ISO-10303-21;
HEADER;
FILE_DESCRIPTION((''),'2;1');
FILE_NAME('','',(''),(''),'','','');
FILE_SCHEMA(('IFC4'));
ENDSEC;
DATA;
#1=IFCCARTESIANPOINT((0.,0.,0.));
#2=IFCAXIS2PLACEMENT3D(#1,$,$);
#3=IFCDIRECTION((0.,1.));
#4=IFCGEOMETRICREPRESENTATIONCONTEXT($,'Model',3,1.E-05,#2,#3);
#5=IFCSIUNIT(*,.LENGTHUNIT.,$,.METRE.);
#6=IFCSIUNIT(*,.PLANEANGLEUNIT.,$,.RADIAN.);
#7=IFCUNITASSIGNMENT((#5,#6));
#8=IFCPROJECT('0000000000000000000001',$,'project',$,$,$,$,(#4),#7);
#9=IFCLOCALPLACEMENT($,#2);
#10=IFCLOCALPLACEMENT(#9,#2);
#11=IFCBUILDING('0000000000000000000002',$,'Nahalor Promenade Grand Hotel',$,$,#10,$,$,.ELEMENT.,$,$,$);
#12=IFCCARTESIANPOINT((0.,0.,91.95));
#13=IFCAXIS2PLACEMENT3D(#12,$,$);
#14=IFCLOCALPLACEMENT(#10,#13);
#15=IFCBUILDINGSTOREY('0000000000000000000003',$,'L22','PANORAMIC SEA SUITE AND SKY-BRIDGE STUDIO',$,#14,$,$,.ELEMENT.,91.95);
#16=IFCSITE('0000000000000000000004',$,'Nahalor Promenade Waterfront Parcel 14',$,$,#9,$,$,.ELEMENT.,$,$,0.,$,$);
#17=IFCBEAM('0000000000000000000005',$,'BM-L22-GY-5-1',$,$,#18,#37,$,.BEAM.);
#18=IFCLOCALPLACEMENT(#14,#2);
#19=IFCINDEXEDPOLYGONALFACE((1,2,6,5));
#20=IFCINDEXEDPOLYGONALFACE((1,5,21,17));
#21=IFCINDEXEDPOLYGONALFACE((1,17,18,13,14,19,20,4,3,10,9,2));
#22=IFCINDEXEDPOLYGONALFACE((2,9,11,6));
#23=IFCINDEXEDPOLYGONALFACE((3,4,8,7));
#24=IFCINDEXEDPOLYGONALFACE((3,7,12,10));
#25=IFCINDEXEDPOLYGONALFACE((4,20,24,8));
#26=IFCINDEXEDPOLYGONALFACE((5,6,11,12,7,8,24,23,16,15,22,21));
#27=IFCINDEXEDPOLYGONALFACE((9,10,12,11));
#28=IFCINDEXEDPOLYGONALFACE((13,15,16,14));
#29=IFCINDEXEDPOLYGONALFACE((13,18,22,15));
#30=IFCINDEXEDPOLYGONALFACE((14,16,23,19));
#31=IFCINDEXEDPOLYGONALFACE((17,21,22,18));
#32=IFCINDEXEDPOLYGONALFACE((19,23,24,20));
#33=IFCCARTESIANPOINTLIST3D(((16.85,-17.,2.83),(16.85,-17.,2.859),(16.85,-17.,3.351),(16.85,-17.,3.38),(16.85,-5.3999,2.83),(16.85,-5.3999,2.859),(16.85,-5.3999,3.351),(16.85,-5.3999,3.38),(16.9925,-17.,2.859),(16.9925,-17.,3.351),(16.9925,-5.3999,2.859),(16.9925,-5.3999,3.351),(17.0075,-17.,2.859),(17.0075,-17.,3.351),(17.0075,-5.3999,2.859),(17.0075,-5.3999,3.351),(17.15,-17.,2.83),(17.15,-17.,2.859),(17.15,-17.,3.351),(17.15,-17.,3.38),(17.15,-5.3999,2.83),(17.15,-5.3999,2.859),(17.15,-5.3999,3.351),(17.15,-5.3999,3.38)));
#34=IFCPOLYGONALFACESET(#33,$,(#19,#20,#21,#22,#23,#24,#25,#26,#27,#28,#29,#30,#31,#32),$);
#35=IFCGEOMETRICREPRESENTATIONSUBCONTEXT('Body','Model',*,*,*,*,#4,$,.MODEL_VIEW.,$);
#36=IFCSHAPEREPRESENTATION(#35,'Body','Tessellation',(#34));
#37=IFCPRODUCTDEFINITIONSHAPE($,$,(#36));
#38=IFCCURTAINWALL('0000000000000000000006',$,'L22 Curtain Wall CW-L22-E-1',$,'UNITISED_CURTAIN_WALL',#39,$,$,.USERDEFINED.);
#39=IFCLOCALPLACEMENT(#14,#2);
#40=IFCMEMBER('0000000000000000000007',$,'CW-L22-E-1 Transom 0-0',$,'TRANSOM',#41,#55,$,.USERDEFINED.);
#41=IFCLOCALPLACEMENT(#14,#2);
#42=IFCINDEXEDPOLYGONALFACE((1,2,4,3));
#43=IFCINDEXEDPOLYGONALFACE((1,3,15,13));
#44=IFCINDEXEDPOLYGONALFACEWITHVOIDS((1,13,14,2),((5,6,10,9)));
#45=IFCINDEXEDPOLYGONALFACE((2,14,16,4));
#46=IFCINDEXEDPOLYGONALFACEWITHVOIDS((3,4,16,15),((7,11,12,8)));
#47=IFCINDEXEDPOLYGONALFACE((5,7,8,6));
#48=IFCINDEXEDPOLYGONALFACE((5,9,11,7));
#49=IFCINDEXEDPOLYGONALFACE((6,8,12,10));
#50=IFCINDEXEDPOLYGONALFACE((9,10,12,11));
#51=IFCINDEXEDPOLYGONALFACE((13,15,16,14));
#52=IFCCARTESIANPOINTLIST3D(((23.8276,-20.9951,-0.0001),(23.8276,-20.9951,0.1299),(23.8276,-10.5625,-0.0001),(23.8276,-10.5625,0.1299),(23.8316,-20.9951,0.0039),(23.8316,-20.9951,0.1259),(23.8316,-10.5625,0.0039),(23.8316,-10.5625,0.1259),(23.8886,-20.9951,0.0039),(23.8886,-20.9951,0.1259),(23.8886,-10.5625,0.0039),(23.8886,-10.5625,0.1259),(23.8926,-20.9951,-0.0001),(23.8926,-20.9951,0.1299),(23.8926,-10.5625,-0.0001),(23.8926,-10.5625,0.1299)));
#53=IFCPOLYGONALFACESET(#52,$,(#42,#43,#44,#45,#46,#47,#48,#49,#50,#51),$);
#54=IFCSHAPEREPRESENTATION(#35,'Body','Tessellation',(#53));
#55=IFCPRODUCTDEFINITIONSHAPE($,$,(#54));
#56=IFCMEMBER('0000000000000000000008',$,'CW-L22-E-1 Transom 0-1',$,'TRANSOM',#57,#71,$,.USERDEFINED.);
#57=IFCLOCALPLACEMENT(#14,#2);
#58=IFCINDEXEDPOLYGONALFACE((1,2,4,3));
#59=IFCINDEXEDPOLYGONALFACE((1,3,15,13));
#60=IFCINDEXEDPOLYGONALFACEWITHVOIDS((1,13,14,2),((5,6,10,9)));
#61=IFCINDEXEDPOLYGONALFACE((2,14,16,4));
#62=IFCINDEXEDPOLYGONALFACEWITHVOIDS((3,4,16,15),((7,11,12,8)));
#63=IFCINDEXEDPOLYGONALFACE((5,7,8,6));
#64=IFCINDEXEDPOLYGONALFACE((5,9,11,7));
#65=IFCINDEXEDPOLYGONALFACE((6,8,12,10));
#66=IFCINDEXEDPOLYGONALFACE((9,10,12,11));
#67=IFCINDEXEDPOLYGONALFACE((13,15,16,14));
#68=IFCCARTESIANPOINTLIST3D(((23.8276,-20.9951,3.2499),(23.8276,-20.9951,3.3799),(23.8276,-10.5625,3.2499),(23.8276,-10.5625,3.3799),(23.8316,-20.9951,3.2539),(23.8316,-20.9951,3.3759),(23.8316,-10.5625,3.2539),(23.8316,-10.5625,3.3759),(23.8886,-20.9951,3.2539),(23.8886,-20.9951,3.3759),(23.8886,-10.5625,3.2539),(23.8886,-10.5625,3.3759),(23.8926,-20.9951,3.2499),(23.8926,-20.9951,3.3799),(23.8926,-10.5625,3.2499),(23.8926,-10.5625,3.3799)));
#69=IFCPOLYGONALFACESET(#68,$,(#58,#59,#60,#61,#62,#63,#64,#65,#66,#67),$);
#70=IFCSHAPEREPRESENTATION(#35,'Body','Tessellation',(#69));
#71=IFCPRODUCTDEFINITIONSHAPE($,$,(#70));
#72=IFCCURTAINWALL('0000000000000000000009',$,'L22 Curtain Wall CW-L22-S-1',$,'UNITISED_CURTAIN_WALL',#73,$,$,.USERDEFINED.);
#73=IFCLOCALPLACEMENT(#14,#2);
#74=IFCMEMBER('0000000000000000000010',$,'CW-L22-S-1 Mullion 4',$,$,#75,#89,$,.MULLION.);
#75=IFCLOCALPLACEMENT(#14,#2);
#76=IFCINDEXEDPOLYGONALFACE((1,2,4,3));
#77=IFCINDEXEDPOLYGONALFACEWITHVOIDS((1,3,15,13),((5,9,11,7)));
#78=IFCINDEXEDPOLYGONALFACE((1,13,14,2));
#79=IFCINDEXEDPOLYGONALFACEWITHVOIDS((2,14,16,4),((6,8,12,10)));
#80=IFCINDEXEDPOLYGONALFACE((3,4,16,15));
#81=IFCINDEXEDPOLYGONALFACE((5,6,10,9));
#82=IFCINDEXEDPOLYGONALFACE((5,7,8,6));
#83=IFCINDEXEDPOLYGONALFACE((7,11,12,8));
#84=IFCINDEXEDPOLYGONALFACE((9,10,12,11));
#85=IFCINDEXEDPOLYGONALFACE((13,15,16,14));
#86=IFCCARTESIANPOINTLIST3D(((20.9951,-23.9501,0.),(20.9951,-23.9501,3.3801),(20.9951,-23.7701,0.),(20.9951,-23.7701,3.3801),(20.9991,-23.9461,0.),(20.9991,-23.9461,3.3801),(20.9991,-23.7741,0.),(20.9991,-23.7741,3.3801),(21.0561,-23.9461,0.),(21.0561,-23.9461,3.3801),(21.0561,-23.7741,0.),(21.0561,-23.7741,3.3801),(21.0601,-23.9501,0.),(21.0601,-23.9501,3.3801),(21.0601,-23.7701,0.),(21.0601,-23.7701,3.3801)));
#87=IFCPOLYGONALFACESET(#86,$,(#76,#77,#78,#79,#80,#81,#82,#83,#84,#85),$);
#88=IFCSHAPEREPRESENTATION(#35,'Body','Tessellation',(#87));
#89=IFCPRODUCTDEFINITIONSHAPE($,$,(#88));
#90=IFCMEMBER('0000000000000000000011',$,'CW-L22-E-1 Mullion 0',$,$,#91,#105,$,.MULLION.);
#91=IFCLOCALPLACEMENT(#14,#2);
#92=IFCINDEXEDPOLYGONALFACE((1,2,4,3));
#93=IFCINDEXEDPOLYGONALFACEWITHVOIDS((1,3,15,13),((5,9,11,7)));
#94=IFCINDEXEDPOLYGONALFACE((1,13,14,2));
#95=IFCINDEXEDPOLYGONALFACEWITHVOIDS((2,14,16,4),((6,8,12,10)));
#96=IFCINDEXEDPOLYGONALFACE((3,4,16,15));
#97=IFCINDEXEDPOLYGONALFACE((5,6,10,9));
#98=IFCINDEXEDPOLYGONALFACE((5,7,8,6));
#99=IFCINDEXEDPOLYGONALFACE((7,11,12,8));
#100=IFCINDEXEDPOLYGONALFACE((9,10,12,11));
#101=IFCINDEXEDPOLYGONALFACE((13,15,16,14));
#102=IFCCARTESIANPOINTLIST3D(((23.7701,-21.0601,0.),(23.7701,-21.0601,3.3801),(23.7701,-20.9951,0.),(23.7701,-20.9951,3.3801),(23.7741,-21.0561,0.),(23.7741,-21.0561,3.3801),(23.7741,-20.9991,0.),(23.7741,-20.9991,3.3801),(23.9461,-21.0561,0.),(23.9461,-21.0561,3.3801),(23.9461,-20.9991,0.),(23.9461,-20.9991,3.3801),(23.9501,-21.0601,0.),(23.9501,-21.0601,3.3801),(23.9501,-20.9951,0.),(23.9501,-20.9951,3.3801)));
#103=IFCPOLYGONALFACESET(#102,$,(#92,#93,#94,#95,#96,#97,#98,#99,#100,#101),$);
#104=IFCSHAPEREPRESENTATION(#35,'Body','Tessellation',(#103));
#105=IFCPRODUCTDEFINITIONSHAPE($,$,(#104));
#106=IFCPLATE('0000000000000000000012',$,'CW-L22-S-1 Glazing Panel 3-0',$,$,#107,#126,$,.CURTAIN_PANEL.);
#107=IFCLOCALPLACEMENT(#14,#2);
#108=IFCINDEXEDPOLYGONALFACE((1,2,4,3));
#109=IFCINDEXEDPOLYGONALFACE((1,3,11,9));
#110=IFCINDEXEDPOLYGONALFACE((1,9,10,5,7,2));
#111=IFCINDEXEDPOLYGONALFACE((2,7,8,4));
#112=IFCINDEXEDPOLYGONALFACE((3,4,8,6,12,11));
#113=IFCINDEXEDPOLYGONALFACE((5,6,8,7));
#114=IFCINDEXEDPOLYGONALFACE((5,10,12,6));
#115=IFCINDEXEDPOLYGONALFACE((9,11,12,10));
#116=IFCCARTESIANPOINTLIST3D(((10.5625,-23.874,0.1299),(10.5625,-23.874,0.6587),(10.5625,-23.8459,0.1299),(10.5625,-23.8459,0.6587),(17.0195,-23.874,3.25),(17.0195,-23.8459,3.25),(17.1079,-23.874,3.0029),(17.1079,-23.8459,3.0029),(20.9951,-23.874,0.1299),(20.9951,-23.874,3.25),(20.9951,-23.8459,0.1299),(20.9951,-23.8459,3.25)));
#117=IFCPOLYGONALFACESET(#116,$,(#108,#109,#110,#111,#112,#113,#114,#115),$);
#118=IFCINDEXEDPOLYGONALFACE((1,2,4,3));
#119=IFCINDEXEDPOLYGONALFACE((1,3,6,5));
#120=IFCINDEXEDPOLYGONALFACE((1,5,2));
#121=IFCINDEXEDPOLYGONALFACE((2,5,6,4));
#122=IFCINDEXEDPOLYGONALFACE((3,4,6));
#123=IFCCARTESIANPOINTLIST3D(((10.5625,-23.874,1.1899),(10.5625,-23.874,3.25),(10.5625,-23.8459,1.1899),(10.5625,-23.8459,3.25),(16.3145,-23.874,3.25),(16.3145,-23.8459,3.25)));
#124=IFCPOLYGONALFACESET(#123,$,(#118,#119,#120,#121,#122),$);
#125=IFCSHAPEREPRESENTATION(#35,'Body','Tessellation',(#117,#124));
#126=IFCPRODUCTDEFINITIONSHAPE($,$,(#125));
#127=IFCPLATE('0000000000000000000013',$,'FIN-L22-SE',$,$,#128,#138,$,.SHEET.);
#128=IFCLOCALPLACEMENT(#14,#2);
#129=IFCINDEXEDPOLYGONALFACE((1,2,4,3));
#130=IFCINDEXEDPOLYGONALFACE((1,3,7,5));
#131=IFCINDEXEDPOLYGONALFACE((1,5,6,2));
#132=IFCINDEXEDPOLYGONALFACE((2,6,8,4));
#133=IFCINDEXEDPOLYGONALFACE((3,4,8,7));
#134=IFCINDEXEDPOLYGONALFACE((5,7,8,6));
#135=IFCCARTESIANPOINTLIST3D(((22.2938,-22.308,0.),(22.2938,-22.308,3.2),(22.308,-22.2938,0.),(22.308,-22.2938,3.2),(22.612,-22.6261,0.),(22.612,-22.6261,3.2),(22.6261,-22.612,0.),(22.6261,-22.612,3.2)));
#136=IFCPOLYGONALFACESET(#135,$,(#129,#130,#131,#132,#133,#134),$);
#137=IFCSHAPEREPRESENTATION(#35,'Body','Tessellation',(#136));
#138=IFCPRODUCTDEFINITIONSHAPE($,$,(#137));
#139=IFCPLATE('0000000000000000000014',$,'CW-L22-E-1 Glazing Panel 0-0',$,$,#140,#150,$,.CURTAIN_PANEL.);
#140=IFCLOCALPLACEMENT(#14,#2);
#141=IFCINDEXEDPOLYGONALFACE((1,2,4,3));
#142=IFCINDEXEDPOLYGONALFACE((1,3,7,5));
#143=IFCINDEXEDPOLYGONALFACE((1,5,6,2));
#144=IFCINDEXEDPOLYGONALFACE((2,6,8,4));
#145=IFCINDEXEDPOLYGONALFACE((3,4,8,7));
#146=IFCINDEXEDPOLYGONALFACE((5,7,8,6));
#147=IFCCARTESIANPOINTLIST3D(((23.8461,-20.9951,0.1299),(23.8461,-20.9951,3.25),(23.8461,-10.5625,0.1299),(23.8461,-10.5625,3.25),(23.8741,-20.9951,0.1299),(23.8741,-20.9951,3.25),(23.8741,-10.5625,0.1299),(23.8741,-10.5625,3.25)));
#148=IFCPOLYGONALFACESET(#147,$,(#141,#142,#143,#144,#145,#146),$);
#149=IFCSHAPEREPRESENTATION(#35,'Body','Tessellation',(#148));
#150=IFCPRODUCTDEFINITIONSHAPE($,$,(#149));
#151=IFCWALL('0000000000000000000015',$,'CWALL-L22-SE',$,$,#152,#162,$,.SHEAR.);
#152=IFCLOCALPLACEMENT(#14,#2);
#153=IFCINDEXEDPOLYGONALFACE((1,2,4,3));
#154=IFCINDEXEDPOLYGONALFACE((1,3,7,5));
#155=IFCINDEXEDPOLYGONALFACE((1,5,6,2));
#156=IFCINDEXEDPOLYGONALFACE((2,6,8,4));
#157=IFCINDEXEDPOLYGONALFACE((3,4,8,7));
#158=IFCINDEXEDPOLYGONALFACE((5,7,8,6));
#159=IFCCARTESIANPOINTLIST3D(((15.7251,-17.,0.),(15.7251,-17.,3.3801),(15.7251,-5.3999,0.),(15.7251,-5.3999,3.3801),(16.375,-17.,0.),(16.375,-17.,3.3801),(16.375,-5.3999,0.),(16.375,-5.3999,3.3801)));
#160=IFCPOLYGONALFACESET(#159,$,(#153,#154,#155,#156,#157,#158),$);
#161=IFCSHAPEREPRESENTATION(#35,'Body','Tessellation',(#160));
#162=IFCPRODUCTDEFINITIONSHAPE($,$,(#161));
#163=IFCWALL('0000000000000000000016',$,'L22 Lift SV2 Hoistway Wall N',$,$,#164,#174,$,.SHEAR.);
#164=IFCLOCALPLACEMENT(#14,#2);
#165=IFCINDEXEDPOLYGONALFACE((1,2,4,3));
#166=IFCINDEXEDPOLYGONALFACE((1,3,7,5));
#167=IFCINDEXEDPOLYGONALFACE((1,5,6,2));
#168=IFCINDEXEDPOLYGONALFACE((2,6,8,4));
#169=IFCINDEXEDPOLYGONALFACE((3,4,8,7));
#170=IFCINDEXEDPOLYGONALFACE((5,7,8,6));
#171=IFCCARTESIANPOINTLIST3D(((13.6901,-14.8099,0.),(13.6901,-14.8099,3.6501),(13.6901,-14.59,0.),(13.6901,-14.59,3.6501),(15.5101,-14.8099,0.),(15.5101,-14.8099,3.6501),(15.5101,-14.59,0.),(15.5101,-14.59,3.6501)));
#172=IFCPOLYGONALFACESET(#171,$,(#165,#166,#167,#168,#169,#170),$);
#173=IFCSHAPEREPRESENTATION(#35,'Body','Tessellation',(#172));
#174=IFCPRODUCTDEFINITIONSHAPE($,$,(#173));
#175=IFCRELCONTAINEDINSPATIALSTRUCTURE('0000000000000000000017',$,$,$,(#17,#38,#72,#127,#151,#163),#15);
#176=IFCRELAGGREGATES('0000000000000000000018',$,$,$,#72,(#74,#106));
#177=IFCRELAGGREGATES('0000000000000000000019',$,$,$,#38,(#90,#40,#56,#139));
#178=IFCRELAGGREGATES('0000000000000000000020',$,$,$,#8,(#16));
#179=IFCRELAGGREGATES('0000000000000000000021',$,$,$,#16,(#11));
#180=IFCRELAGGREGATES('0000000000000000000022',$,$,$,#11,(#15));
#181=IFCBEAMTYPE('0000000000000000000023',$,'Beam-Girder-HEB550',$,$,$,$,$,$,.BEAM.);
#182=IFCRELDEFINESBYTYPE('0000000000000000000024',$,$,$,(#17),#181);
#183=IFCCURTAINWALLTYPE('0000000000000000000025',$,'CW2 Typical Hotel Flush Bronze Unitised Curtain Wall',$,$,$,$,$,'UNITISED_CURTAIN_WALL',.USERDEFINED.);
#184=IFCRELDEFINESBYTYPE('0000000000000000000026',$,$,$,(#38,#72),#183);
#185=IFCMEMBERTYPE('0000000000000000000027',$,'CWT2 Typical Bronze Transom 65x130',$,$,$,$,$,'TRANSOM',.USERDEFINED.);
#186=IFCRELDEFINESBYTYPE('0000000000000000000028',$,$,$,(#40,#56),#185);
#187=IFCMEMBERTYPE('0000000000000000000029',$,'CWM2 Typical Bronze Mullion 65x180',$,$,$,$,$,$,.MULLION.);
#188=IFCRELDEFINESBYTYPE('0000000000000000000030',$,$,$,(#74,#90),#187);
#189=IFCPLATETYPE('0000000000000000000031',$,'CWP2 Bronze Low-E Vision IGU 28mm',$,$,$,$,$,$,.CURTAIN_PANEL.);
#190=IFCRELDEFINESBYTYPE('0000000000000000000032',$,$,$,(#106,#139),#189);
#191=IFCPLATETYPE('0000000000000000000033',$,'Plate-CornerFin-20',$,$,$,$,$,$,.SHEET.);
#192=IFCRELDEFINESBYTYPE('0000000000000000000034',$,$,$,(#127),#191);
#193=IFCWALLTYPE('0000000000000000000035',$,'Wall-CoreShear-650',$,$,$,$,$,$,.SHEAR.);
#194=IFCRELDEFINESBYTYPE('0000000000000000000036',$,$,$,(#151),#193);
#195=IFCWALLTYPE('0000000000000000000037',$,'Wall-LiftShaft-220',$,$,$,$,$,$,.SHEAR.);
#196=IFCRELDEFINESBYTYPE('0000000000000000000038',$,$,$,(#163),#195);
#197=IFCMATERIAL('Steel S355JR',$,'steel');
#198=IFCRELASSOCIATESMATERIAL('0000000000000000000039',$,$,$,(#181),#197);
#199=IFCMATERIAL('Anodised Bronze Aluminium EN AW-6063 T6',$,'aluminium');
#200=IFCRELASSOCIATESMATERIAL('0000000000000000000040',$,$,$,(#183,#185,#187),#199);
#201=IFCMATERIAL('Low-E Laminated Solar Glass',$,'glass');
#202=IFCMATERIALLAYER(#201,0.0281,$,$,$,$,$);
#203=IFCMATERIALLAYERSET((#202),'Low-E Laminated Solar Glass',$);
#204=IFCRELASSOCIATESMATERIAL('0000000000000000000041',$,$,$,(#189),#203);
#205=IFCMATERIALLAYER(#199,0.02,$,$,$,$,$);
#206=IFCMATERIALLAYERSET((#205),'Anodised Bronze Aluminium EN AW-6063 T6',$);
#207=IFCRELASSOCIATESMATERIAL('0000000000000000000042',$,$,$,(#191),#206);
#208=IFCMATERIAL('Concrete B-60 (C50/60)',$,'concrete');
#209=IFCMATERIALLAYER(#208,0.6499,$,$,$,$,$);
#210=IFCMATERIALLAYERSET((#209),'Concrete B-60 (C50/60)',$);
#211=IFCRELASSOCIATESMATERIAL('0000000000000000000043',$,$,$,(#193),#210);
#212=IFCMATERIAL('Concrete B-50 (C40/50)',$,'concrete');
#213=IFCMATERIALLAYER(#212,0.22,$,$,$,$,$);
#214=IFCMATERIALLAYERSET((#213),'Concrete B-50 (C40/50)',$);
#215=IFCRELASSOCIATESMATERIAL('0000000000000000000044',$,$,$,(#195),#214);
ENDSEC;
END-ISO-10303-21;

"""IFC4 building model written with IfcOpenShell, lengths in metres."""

from ifc_helpers import new_model, si_unit, direction, frame, frame_2d, origin, origin_2d, place, context, subcontext, project, spatial, polyline, rectangle, hollow_rectangle, i_section, outline, extrude, source, transform, mapped, material, layer, layer_set, material_profile, profile_set, type_object, element, aggregate, save


model = new_model("IFC4")

# Units and contexts
model_context = context("Model", 3, precision=1e-05, world=origin(), true_north=direction((0.0, 1.0)))
body_context = subcontext(model_context, "Body", "Model", "MODEL_VIEW")
ifc_project = project(units=[si_unit("LENGTHUNIT", "METRE"), si_unit("PLANEANGLEUNIT", "RADIAN")], contexts=[model_context])

# Site, building, storey
site_placement = place(None, origin())
site = spatial("IfcSite", under=ifc_project, at=site_placement, Name="Nahalor Promenade Waterfront Parcel 14", CompositionType="ELEMENT", RefElevation=0.0)
building_placement = place(site_placement, origin())
building = spatial("IfcBuilding", under=site, at=building_placement, Name="Nahalor Promenade Grand Hotel", CompositionType="ELEMENT")
storey_placement = place(building_placement, frame((0.0, 0.0, 91.95)))
storey = spatial("IfcBuildingStorey", under=building, at=storey_placement, Name="L22", Description="PANORAMIC SEA SUITE AND SKY-BRIDGE STUDIO", CompositionType="ELEMENT", Elevation=91.95)

# Shared definitions
ifc_material_1 = material(Name="Concrete B-60 (C50/60)", Category="concrete")

# Beam
ifc_material_2 = material(Name="Steel S355JR", Category="steel")
ifc_material_profile_1 = material_profile(ifc_material_2, i_section(OverallWidth=0.3, OverallDepth=0.55, WebThickness=0.015, FlangeThickness=0.029, at=origin_2d()), Name="HEB 550")
ifc_profile_set_1 = profile_set([ifc_material_profile_1], Name="Steel S355JR")
beam_type_1 = type_object("IfcBeamType", Name="Beam-Girder-HEB550", PredefinedType="BEAM", material=ifc_profile_set_1)
shared_shape_1 = source(origin(), body_context, "Body", "SweptSolid", [
    extrude(i_section(OverallWidth=0.3, OverallDepth=0.55, WebThickness=0.015, FlangeThickness=0.029, at=origin_2d()), origin(), (0.0, 0.0, 1.0), 11.6001),
])
beam_1_placement = place(storey_placement, frame((17.0, -17.0, 3.105), z_axis=(0.0, 1.0, 0.0), x_axis=(-1.0, 0.0, 0.0)))
element("IfcBeam", 1, at=beam_1_placement, inside=storey, type_object=beam_type_1, Name="BM-L22-GY-5-1", PredefinedType="BEAM", context=body_context, shape_type="MappedRepresentation", body=[
    mapped(shared_shape_1, transform((0.0, 0.0, 0.0), scale=1.0)),
])

# Curtain wall, members
ifc_material_3 = material(Name="Anodised Bronze Aluminium EN AW-6063 T6", Category="aluminium")
curtain_wall_type = type_object("IfcCurtainWallType", Name="CW2 Typical Hotel Flush Bronze Unitised Curtain Wall", ElementType="UNITISED_CURTAIN_WALL", PredefinedType="USERDEFINED", material=ifc_material_3)
curtain_wall_1_placement = place(storey_placement, origin())
curtain_wall_1 = element("IfcCurtainWall", 2, at=curtain_wall_1_placement, inside=storey, type_object=curtain_wall_type, Name="L22 Curtain Wall CW-L22-E-1", ObjectType="UNITISED_CURTAIN_WALL", PredefinedType="USERDEFINED")
ifc_material_profile_2 = material_profile(ifc_material_3, hollow_rectangle(XDim=0.065, YDim=0.13, WallThickness=0.004, at=origin_2d()), Name="CWT 65x130x4")
ifc_profile_set_2 = profile_set([ifc_material_profile_2], Name="Anodised Bronze Aluminium EN AW-6063 T6")
member_type_1 = type_object("IfcMemberType", Name="CWT2 Typical Bronze Transom 65x130", ElementType="TRANSOM", PredefinedType="USERDEFINED", material=ifc_profile_set_2)
shared_shape_2 = source(origin(), body_context, "Body", "SweptSolid", [
    extrude(hollow_rectangle(XDim=0.065, YDim=0.13, WallThickness=0.004, at=origin_2d()), origin(), (0.0, 0.0, 1.0), 10.4326),
])
member_1_placement = place(storey_placement, frame((23.8601, -20.9951, 0.0649), z_axis=(0.0, 1.0, 0.0), x_axis=(-1.0, 0.0, 0.0)))
member_1 = element("IfcMember", 3, at=member_1_placement, type_object=member_type_1, Name="CW-L22-E-1 Transom 0-0", ObjectType="TRANSOM", PredefinedType="USERDEFINED", context=body_context, shape_type="MappedRepresentation", body=[
    mapped(shared_shape_2, transform((0.0, 0.0, 0.0), scale=1.0)),
])
member_2_placement = place(storey_placement, frame((23.8601, -20.9951, 3.3149), z_axis=(0.0, 1.0, 0.0), x_axis=(-1.0, 0.0, 0.0)))
member_2 = element("IfcMember", 4, at=member_2_placement, type_object=member_type_1, Name="CW-L22-E-1 Transom 0-1", ObjectType="TRANSOM", PredefinedType="USERDEFINED", context=body_context, shape_type="MappedRepresentation", body=[
    mapped(shared_shape_2, transform((0.0, 0.0, 0.0), scale=1.0)),
])

# Curtain wall, member
curtain_wall_2_placement = place(storey_placement, origin())
curtain_wall_2 = element("IfcCurtainWall", 5, at=curtain_wall_2_placement, inside=storey, type_object=curtain_wall_type, Name="L22 Curtain Wall CW-L22-S-1", ObjectType="UNITISED_CURTAIN_WALL", PredefinedType="USERDEFINED")
ifc_material_profile_3 = material_profile(ifc_material_3, hollow_rectangle(XDim=0.065, YDim=0.18, WallThickness=0.004, at=origin_2d()), Name="CWM 65x180x4")
ifc_profile_set_3 = profile_set([ifc_material_profile_3], Name="Anodised Bronze Aluminium EN AW-6063 T6")
member_type_2 = type_object("IfcMemberType", Name="CWM2 Typical Bronze Mullion 65x180", PredefinedType="MULLION", material=ifc_profile_set_3)
shared_shape_3 = source(origin(), body_context, "Body", "SweptSolid", [
    extrude(hollow_rectangle(XDim=0.065, YDim=0.18, WallThickness=0.004, at=origin_2d()), origin(), (0.0, 0.0, 1.0), 3.3801),
])
member_3_placement = place(storey_placement, frame((21.0276, -23.8601, 0.0), z_axis=(0.0, 0.0, 1.0), x_axis=(1.0, 0.0, 0.0)))
member_3 = element("IfcMember", 6, at=member_3_placement, type_object=member_type_2, Name="CW-L22-S-1 Mullion 4", PredefinedType="MULLION", context=body_context, shape_type="MappedRepresentation", body=[
    mapped(shared_shape_3, transform((0.0, 0.0, 0.0), scale=1.0)),
])

# Member
member_4_placement = place(storey_placement, frame((23.8601, -21.0276, 0.0), z_axis=(0.0, 0.0, 1.0), x_axis=(0.0, 1.0, 0.0)))
member_4 = element("IfcMember", 7, at=member_4_placement, type_object=member_type_2, Name="CW-L22-E-1 Mullion 0", PredefinedType="MULLION", context=body_context, shape_type="MappedRepresentation", body=[
    mapped(shared_shape_3, transform((0.0, 0.0, 0.0), scale=1.0)),
])

# Plates
ifc_material_4 = material(Name="Low-E Laminated Solar Glass", Category="glass")
ifc_layer_1 = layer(ifc_material_4, 0.0281)
ifc_layer_set_1 = layer_set([ifc_layer_1], Name="Low-E Laminated Solar Glass")
plate_type_1 = type_object("IfcPlateType", Name="CWP2 Bronze Low-E Vision IGU 28mm", PredefinedType="CURTAIN_PANEL", material=ifc_layer_set_1)
plate_1_placement = place(storey_placement, frame((15.7788, -23.8601, 0.1299), z_axis=(0.0, 0.0, 1.0), x_axis=(1.0, 0.0, 0.0)))
plate_1 = element("IfcPlate", 8, at=plate_1_placement, type_object=plate_type_1, Name="CW-L22-S-1 Glazing Panel 3-0", PredefinedType="CURTAIN_PANEL", context=body_context, shape_type="SweptSolid", body=[
    extrude(outline(polyline([(5.2163, 0.0), (5.2163, 3.1201), (1.2407, 3.1201), (1.3291, 2.873), (-5.2163, 0.5288), (-5.2163, 0.0), (5.2163, 0.0)])), frame((0.0, 0.0142, 0.0), z_axis=(0.0, -1.0, 0.0), x_axis=(1.0, 0.0, 0.0)), (0.0, 0.0, 1.0), 0.0281),
    extrude(outline(polyline([(0.5356, 3.1201), (-5.2163, 3.1201), (-5.2163, 1.0601), (0.5356, 3.1201)])), frame((0.0, 0.0142, 0.0), z_axis=(0.0, -1.0, 0.0), x_axis=(1.0, 0.0, 0.0)), (0.0, 0.0, 1.0), 0.0281),
])
aggregate(curtain_wall_2, [member_3, plate_1])
ifc_layer_2 = layer(ifc_material_3, 0.02)
ifc_layer_set_2 = layer_set([ifc_layer_2], Name="Anodised Bronze Aluminium EN AW-6063 T6")
plate_type_2 = type_object("IfcPlateType", Name="Plate-CornerFin-20", PredefinedType="SHEET", material=ifc_layer_set_2)
shared_shape_4 = source(origin(), body_context, "Body", "SweptSolid", [
    extrude(rectangle(XDim=0.45, YDim=0.02, at=origin_2d()), origin(), (0.0, 0.0, 1.0), 3.2),
])
plate_2_placement = place(storey_placement, frame((22.46, -22.46, 0.0), z_axis=(0.0, 0.0, 1.0), x_axis=(-0.707107, 0.707107, 0.0)))
element("IfcPlate", 9, at=plate_2_placement, inside=storey, type_object=plate_type_2, Name="FIN-L22-SE", PredefinedType="SHEET", context=body_context, shape_type="MappedRepresentation", body=[
    mapped(shared_shape_4, transform((0.0, 0.0, 0.0), scale=1.0)),
])
shared_shape_5 = source(origin(), body_context, "Body", "SweptSolid", [
    extrude(rectangle(XDim=10.4326, YDim=0.0281, at=origin_2d()), origin(), (0.0, 0.0, 1.0), 3.1201),
])
plate_3_placement = place(storey_placement, frame((23.8601, -15.7788, 0.1299), z_axis=(0.0, 0.0, 1.0), x_axis=(0.0, 1.0, 0.0)))
plate_3 = element("IfcPlate", 10, at=plate_3_placement, type_object=plate_type_1, Name="CW-L22-E-1 Glazing Panel 0-0", PredefinedType="CURTAIN_PANEL", context=body_context, shape_type="MappedRepresentation", body=[
    mapped(shared_shape_5, transform((0.0, 0.0, 0.0), scale=1.0)),
])
aggregate(curtain_wall_1, [member_4, member_1, member_2, plate_3])

# Walls
ifc_layer_3 = layer(ifc_material_1, 0.6499)
ifc_layer_set_3 = layer_set([ifc_layer_3], Name="Concrete B-60 (C50/60)")
wall_type_1 = type_object("IfcWallType", Name="Wall-CoreShear-650", PredefinedType="SHEAR", material=ifc_layer_set_3)
shared_shape_6 = source(origin(), body_context, "Body", "SweptSolid", [
    extrude(rectangle(XDim=11.6001, YDim=0.6499, at=frame_2d((5.8, 0.0))), origin(), (0.0, 0.0, 1.0), 3.3801),
])
wall_1_placement = place(storey_placement, frame((16.05, -17.0, 0.0), z_axis=(0.0, 0.0, 1.0), x_axis=(0.0, 1.0, 0.0)))
element("IfcWall", 11, at=wall_1_placement, inside=storey, type_object=wall_type_1, Name="CWALL-L22-SE", PredefinedType="SHEAR", context=body_context, shape_type="MappedRepresentation", body=[
    mapped(shared_shape_6, transform((0.0, 0.0, 0.0), scale=1.0)),
])
ifc_material_5 = material(Name="Concrete B-50 (C40/50)", Category="concrete")
ifc_layer_4 = layer(ifc_material_5, 0.22)
ifc_layer_set_4 = layer_set([ifc_layer_4], Name="Concrete B-50 (C40/50)")
wall_type_2 = type_object("IfcWallType", Name="Wall-LiftShaft-220", PredefinedType="SHEAR", material=ifc_layer_set_4)
shared_shape_7 = source(origin(), body_context, "Body", "SweptSolid", [
    extrude(rectangle(XDim=1.8201, YDim=0.22, at=frame_2d((0.9102, 0.0))), origin(), (0.0, 0.0, 1.0), 3.6501),
])
wall_2_placement = place(storey_placement, frame((13.6899, -14.7, 0.0), z_axis=(0.0, 0.0, 1.0), x_axis=(1.0, 0.0, 0.0)))
element("IfcWall", 12, at=wall_2_placement, inside=storey, type_object=wall_type_2, Name="L22 Lift SV2 Hoistway Wall N", PredefinedType="SHEAR", context=body_context, shape_type="MappedRepresentation", body=[
    mapped(shared_shape_7, transform((0.0, 0.0, 0.0), scale=1.0)),
])

save(model, "model.ifc")
